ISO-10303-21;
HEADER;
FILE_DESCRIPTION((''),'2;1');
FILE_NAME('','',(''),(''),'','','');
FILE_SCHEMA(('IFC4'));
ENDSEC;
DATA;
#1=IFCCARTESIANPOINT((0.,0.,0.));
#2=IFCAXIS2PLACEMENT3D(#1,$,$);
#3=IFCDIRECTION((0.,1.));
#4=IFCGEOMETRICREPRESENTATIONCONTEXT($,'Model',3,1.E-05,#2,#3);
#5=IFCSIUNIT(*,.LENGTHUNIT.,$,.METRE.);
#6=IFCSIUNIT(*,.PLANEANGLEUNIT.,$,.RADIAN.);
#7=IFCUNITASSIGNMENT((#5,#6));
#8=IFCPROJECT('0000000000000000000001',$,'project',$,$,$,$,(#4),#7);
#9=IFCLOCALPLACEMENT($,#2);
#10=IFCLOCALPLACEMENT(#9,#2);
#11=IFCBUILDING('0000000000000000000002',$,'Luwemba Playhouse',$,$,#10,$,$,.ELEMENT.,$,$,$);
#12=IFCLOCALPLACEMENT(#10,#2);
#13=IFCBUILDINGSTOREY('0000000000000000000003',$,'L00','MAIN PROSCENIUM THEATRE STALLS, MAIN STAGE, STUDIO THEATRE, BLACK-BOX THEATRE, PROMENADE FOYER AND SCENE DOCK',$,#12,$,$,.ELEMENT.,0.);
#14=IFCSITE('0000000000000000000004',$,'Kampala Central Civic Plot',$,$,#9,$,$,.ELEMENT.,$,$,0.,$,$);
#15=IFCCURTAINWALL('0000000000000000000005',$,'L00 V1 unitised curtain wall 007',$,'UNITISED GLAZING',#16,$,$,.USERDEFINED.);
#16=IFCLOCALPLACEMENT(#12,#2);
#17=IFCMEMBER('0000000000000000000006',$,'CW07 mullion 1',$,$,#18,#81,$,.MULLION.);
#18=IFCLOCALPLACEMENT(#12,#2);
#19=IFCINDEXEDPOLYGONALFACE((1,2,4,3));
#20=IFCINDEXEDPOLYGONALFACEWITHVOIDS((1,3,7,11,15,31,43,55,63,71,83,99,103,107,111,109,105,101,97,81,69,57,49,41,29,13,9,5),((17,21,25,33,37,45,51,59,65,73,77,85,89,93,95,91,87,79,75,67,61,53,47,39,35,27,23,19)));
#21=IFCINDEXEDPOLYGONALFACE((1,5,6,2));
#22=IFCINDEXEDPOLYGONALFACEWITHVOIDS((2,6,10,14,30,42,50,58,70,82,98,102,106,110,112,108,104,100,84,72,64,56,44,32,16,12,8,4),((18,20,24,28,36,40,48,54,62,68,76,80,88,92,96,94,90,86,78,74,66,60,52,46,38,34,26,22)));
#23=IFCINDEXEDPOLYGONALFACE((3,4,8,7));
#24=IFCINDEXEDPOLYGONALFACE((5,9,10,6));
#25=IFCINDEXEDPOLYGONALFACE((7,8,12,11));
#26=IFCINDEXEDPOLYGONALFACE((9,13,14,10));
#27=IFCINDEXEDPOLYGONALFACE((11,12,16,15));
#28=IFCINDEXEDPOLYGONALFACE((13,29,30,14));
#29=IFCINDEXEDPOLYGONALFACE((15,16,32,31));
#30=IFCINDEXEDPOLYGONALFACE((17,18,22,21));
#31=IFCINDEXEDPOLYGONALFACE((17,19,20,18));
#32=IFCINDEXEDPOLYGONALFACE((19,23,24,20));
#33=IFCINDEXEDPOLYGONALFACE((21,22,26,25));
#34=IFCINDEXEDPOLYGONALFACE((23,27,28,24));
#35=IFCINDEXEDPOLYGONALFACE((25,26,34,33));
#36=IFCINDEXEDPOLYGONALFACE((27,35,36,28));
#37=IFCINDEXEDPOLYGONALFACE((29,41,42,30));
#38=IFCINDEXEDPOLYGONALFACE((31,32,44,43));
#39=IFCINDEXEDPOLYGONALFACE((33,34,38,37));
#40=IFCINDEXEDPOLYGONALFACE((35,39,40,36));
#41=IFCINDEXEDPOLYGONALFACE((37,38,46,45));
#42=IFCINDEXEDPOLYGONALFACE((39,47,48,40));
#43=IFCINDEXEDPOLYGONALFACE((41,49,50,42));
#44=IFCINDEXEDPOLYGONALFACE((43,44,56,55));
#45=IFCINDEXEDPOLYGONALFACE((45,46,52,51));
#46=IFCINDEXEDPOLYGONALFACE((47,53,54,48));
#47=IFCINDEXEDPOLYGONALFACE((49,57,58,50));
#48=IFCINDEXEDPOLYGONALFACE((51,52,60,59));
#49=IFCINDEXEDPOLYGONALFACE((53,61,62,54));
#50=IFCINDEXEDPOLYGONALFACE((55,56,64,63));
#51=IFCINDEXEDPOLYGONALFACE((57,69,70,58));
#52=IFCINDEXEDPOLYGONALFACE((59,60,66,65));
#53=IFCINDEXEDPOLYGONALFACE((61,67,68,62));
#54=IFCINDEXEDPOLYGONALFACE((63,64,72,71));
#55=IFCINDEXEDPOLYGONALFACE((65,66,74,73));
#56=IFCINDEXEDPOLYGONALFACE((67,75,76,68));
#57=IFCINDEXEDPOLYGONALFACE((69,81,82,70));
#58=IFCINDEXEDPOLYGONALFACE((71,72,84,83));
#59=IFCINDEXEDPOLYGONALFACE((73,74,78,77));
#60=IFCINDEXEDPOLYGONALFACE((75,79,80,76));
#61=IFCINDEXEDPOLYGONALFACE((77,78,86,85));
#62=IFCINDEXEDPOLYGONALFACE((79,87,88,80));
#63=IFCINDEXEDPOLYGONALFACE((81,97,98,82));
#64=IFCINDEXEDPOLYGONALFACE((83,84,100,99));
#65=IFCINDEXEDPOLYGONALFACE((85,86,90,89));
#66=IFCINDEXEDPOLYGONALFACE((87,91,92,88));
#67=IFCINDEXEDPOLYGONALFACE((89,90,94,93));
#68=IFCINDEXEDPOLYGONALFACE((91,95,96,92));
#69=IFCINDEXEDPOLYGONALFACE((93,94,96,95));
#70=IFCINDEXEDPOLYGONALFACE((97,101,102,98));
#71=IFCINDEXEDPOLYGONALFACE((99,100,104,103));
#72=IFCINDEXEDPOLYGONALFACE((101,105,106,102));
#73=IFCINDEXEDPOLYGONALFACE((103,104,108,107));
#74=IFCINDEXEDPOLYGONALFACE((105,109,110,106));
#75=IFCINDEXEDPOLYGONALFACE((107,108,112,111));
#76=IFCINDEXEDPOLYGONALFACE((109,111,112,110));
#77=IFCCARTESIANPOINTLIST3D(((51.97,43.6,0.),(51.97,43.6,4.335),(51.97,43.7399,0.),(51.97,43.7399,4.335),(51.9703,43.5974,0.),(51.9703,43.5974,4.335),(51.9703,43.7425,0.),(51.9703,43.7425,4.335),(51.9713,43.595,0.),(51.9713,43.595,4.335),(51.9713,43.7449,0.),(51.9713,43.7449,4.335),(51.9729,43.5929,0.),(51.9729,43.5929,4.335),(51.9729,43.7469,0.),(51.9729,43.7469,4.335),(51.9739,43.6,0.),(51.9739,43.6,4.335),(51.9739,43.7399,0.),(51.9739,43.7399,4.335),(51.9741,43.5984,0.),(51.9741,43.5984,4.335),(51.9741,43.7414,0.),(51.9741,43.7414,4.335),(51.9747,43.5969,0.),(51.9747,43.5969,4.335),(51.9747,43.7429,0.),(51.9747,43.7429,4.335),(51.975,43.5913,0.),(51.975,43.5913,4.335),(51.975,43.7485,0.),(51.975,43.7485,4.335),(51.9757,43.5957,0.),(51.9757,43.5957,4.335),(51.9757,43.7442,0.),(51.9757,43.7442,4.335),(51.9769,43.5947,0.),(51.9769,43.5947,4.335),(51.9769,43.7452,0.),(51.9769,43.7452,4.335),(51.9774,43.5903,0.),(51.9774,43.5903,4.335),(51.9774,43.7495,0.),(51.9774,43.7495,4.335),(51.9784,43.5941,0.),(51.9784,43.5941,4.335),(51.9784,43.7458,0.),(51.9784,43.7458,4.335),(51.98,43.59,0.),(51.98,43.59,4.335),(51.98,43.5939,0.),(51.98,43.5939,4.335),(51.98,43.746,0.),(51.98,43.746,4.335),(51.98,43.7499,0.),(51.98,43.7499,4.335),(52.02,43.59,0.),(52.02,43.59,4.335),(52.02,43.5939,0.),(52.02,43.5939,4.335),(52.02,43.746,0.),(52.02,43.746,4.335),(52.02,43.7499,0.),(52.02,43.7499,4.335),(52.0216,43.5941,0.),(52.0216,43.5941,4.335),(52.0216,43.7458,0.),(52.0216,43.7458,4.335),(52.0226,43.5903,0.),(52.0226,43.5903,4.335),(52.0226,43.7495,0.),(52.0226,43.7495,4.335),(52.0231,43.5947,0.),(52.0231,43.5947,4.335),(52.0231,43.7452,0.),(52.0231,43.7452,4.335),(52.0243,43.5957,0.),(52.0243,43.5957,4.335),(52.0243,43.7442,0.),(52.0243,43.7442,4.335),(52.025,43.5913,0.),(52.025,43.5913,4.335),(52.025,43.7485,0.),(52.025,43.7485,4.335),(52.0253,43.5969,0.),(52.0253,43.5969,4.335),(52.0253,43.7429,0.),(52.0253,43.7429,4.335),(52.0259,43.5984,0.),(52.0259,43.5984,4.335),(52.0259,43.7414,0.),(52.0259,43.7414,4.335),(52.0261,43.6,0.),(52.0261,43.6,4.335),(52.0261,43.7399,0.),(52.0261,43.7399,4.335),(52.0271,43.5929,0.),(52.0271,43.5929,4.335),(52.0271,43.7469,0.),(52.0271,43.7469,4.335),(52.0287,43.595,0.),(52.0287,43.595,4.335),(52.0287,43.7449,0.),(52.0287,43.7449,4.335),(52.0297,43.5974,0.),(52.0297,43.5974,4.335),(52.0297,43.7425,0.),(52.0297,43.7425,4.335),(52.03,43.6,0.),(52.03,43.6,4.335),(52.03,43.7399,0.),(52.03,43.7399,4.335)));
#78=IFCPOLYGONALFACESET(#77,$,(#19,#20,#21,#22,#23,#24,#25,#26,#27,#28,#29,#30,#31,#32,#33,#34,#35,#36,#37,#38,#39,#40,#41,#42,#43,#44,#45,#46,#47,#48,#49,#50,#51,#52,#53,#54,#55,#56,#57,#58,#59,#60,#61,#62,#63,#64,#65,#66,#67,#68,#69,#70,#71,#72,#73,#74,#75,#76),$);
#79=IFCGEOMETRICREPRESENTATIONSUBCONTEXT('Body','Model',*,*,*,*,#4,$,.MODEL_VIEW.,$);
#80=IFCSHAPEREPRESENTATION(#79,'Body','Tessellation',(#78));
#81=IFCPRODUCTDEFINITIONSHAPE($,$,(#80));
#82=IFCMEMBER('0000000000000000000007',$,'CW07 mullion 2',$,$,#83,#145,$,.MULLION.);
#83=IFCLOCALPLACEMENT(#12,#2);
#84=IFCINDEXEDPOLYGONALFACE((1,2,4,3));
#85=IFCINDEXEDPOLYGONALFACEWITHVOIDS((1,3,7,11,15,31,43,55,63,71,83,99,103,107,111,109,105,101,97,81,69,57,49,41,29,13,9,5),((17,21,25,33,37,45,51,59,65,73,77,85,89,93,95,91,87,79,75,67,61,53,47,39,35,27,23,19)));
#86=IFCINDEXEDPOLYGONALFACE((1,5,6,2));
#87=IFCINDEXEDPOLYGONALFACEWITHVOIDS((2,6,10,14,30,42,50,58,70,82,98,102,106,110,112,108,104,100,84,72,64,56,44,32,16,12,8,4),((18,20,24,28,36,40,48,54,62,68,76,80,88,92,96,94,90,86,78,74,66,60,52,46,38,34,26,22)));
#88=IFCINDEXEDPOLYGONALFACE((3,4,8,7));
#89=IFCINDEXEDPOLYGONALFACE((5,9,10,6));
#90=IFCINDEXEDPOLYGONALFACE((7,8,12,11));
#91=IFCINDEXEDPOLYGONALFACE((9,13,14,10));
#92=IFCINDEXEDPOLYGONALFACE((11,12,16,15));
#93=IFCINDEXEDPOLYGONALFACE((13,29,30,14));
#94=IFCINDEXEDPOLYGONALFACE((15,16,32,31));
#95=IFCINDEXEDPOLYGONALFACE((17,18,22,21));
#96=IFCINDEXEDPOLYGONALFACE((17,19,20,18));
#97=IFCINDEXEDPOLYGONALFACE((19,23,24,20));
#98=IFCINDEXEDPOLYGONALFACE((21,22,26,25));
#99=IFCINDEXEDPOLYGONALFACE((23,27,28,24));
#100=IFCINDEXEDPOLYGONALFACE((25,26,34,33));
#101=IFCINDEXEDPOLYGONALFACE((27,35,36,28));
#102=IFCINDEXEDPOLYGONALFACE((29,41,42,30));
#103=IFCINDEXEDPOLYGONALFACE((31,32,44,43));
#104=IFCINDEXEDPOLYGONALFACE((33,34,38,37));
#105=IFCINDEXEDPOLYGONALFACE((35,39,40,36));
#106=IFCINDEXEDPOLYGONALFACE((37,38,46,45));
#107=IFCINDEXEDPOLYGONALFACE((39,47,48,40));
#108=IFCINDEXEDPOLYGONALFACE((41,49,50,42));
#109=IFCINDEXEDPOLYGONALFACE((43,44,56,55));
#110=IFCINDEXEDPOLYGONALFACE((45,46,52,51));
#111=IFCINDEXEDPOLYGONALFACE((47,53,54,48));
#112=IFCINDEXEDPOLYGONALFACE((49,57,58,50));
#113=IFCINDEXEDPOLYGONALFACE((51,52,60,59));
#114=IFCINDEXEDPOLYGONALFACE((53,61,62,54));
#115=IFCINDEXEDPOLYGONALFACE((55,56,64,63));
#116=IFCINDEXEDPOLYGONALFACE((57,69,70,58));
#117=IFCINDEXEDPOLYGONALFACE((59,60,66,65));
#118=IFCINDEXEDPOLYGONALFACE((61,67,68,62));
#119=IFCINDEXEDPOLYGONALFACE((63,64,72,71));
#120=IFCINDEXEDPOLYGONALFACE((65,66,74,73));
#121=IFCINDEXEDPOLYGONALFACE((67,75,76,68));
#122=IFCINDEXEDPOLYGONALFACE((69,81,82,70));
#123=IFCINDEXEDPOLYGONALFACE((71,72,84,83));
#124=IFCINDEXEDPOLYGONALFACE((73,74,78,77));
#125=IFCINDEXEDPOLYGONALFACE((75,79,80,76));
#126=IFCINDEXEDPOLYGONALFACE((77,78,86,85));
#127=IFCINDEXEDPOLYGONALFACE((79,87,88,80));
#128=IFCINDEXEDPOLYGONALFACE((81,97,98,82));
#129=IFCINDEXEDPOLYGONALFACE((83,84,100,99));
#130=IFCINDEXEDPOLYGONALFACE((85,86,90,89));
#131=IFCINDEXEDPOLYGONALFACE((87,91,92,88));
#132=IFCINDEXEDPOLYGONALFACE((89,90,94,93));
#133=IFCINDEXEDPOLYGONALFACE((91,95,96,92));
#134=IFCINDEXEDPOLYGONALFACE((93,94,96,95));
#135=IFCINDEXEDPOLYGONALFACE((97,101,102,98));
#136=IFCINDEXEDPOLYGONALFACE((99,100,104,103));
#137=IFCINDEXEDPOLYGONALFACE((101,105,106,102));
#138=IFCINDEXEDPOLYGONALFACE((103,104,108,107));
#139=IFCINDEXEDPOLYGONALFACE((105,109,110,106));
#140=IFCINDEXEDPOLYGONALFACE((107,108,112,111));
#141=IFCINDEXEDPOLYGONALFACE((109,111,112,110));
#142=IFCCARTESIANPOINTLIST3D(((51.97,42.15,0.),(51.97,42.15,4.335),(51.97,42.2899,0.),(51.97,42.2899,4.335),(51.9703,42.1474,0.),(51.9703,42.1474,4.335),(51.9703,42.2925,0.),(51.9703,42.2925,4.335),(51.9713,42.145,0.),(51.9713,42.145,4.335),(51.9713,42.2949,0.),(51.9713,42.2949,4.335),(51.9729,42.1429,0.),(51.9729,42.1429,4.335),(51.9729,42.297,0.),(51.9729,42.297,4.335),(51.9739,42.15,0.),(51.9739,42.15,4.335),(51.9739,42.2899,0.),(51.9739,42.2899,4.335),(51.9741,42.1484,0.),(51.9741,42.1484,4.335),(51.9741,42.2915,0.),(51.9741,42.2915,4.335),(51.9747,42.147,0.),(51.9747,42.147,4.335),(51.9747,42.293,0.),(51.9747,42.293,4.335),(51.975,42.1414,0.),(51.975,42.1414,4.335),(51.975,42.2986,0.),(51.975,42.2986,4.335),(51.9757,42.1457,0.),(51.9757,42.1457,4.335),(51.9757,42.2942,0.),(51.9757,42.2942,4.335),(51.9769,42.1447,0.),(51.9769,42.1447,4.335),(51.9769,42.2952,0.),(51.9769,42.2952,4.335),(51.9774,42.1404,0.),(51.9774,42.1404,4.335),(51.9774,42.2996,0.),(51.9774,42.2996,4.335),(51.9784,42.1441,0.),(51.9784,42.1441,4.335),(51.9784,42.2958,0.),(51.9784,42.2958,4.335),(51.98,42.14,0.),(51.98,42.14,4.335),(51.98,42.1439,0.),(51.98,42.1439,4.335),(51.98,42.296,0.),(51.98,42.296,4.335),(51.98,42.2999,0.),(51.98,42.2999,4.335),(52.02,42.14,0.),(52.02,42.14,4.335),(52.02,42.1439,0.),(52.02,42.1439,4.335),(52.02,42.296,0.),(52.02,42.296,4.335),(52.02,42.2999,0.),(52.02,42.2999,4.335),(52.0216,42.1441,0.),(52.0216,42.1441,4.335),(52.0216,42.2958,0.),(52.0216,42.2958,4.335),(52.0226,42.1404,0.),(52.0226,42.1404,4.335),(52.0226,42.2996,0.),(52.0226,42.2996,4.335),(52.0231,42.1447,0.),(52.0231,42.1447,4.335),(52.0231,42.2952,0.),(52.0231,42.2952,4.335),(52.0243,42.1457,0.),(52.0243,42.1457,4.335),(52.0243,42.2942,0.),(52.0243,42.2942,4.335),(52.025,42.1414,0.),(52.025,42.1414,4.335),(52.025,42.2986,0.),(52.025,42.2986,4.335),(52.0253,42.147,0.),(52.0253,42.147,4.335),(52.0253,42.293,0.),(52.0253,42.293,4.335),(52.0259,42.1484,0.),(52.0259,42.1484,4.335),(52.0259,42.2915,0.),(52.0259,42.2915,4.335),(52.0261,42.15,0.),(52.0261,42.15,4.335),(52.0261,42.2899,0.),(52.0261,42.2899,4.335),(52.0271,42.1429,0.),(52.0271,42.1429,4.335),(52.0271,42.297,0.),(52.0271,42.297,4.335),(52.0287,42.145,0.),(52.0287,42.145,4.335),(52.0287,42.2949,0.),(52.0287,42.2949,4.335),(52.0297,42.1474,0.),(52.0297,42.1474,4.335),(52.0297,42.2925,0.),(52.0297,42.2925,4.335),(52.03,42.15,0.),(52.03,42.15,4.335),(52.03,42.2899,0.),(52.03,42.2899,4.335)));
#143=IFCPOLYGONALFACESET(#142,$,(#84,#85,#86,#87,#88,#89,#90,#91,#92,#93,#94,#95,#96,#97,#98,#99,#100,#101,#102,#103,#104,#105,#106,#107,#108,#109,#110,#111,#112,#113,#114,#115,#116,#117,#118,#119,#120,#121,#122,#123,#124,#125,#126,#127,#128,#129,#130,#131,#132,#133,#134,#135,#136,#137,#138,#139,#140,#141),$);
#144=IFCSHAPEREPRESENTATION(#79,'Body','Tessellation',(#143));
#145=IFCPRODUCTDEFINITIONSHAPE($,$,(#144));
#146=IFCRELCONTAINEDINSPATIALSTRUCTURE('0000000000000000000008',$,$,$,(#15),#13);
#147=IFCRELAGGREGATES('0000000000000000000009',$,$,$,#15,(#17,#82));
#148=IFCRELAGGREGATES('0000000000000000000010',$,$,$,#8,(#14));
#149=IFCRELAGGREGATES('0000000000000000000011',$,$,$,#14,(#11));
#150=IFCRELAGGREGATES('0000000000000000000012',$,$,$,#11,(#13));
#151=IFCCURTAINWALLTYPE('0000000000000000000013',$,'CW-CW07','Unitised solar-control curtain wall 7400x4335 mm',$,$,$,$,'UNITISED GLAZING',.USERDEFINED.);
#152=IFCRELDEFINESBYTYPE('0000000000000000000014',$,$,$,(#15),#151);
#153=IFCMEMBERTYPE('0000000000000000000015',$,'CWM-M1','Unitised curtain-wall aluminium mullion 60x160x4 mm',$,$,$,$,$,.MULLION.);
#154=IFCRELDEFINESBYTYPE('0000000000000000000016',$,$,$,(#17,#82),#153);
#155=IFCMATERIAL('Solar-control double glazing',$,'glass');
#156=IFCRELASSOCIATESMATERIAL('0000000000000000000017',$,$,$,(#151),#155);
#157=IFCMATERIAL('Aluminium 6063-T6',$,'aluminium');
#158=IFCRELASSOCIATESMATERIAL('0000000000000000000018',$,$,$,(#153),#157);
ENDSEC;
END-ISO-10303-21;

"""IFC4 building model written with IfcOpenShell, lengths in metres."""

from ifc_helpers import new_model, si_unit, direction, frame, origin, origin_2d, place, context, subcontext, project, spatial, hollow_rectangle, extrude, material, material_profile, profile_set, type_object, element, aggregate, save


model = new_model("IFC4")

# Units and contexts
model_context = context("Model", 3, precision=1e-05, world=origin(), true_north=direction((0.0, 1.0)))
body_context = subcontext(model_context, "Body", "Model", "MODEL_VIEW")
ifc_project = project(units=[si_unit("LENGTHUNIT", "METRE"), si_unit("PLANEANGLEUNIT", "RADIAN")], contexts=[model_context])

# Site, building, storey
site_placement = place(None, origin())
site = spatial("IfcSite", under=ifc_project, at=site_placement, Name="Kampala Central Civic Plot", CompositionType="ELEMENT", RefElevation=0.0)
building_placement = place(site_placement, origin())
building = spatial("IfcBuilding", under=site, at=building_placement, Name="Luwemba Playhouse", CompositionType="ELEMENT")
storey_placement = place(building_placement, origin())
storey = spatial("IfcBuildingStorey", under=building, at=storey_placement, Name="L00", Description="MAIN PROSCENIUM THEATRE STALLS, MAIN STAGE, STUDIO THEATRE, BLACK-BOX THEATRE, PROMENADE FOYER AND SCENE DOCK", CompositionType="ELEMENT", Elevation=0.0)

# Curtain wall, members
ifc_material_1 = material(Name="Solar-control double glazing", Category="glass")
curtain_wall_type_1 = type_object("IfcCurtainWallType", Name="CW-CW07", Description="Unitised solar-control curtain wall 7400x4335 mm", ElementType="UNITISED GLAZING", PredefinedType="USERDEFINED", material=ifc_material_1)
curtain_wall_1_placement = place(storey_placement, origin())
curtain_wall_1 = element("IfcCurtainWall", 1, at=curtain_wall_1_placement, inside=storey, type_object=curtain_wall_type_1, Name="L00 V1 unitised curtain wall 007", ObjectType="UNITISED GLAZING", PredefinedType="USERDEFINED")
ifc_material_2 = material(Name="Aluminium 6063-T6", Category="aluminium")
ifc_material_profile_1 = material_profile(ifc_material_2, hollow_rectangle(XDim=0.0601, YDim=0.1599, WallThickness=0.0039, InnerFilletRadius=0.0061, OuterFilletRadius=0.01, at=origin_2d()))
ifc_profile_set_1 = profile_set([ifc_material_profile_1], Name="Aluminium 6063-T6")
member_type_1 = type_object("IfcMemberType", Name="CWM-M1", Description="Unitised curtain-wall aluminium mullion 60x160x4 mm", PredefinedType="MULLION", material=ifc_profile_set_1)
member_1_placement = place(storey_placement, frame((52.0, 43.6699, 0.0), z_axis=(0.0, 0.0, 1.0), x_axis=(1.0, 0.0, 0.0)))
member_1 = element("IfcMember", 2, at=member_1_placement, type_object=member_type_1, Name="CW07 mullion 1", PredefinedType="MULLION", context=body_context, shape_type="SweptSolid", body=[
    extrude(hollow_rectangle(XDim=0.0601, YDim=0.1599, WallThickness=0.0039, InnerFilletRadius=0.0061, OuterFilletRadius=0.01, at=origin_2d()), origin(), (0.0, 0.0, 1.0), 4.335),
])
member_2_placement = place(storey_placement, frame((52.0, 42.22, 0.0), z_axis=(0.0, 0.0, 1.0), x_axis=(1.0, 0.0, 0.0)))
member_2 = element("IfcMember", 3, at=member_2_placement, type_object=member_type_1, Name="CW07 mullion 2", PredefinedType="MULLION", context=body_context, shape_type="SweptSolid", body=[
    extrude(hollow_rectangle(XDim=0.0601, YDim=0.1599, WallThickness=0.0039, InnerFilletRadius=0.0061, OuterFilletRadius=0.01, at=origin_2d()), origin(), (0.0, 0.0, 1.0), 4.335),
])

aggregate(curtain_wall_1, [member_1, member_2])

save(model, "model.ifc")
